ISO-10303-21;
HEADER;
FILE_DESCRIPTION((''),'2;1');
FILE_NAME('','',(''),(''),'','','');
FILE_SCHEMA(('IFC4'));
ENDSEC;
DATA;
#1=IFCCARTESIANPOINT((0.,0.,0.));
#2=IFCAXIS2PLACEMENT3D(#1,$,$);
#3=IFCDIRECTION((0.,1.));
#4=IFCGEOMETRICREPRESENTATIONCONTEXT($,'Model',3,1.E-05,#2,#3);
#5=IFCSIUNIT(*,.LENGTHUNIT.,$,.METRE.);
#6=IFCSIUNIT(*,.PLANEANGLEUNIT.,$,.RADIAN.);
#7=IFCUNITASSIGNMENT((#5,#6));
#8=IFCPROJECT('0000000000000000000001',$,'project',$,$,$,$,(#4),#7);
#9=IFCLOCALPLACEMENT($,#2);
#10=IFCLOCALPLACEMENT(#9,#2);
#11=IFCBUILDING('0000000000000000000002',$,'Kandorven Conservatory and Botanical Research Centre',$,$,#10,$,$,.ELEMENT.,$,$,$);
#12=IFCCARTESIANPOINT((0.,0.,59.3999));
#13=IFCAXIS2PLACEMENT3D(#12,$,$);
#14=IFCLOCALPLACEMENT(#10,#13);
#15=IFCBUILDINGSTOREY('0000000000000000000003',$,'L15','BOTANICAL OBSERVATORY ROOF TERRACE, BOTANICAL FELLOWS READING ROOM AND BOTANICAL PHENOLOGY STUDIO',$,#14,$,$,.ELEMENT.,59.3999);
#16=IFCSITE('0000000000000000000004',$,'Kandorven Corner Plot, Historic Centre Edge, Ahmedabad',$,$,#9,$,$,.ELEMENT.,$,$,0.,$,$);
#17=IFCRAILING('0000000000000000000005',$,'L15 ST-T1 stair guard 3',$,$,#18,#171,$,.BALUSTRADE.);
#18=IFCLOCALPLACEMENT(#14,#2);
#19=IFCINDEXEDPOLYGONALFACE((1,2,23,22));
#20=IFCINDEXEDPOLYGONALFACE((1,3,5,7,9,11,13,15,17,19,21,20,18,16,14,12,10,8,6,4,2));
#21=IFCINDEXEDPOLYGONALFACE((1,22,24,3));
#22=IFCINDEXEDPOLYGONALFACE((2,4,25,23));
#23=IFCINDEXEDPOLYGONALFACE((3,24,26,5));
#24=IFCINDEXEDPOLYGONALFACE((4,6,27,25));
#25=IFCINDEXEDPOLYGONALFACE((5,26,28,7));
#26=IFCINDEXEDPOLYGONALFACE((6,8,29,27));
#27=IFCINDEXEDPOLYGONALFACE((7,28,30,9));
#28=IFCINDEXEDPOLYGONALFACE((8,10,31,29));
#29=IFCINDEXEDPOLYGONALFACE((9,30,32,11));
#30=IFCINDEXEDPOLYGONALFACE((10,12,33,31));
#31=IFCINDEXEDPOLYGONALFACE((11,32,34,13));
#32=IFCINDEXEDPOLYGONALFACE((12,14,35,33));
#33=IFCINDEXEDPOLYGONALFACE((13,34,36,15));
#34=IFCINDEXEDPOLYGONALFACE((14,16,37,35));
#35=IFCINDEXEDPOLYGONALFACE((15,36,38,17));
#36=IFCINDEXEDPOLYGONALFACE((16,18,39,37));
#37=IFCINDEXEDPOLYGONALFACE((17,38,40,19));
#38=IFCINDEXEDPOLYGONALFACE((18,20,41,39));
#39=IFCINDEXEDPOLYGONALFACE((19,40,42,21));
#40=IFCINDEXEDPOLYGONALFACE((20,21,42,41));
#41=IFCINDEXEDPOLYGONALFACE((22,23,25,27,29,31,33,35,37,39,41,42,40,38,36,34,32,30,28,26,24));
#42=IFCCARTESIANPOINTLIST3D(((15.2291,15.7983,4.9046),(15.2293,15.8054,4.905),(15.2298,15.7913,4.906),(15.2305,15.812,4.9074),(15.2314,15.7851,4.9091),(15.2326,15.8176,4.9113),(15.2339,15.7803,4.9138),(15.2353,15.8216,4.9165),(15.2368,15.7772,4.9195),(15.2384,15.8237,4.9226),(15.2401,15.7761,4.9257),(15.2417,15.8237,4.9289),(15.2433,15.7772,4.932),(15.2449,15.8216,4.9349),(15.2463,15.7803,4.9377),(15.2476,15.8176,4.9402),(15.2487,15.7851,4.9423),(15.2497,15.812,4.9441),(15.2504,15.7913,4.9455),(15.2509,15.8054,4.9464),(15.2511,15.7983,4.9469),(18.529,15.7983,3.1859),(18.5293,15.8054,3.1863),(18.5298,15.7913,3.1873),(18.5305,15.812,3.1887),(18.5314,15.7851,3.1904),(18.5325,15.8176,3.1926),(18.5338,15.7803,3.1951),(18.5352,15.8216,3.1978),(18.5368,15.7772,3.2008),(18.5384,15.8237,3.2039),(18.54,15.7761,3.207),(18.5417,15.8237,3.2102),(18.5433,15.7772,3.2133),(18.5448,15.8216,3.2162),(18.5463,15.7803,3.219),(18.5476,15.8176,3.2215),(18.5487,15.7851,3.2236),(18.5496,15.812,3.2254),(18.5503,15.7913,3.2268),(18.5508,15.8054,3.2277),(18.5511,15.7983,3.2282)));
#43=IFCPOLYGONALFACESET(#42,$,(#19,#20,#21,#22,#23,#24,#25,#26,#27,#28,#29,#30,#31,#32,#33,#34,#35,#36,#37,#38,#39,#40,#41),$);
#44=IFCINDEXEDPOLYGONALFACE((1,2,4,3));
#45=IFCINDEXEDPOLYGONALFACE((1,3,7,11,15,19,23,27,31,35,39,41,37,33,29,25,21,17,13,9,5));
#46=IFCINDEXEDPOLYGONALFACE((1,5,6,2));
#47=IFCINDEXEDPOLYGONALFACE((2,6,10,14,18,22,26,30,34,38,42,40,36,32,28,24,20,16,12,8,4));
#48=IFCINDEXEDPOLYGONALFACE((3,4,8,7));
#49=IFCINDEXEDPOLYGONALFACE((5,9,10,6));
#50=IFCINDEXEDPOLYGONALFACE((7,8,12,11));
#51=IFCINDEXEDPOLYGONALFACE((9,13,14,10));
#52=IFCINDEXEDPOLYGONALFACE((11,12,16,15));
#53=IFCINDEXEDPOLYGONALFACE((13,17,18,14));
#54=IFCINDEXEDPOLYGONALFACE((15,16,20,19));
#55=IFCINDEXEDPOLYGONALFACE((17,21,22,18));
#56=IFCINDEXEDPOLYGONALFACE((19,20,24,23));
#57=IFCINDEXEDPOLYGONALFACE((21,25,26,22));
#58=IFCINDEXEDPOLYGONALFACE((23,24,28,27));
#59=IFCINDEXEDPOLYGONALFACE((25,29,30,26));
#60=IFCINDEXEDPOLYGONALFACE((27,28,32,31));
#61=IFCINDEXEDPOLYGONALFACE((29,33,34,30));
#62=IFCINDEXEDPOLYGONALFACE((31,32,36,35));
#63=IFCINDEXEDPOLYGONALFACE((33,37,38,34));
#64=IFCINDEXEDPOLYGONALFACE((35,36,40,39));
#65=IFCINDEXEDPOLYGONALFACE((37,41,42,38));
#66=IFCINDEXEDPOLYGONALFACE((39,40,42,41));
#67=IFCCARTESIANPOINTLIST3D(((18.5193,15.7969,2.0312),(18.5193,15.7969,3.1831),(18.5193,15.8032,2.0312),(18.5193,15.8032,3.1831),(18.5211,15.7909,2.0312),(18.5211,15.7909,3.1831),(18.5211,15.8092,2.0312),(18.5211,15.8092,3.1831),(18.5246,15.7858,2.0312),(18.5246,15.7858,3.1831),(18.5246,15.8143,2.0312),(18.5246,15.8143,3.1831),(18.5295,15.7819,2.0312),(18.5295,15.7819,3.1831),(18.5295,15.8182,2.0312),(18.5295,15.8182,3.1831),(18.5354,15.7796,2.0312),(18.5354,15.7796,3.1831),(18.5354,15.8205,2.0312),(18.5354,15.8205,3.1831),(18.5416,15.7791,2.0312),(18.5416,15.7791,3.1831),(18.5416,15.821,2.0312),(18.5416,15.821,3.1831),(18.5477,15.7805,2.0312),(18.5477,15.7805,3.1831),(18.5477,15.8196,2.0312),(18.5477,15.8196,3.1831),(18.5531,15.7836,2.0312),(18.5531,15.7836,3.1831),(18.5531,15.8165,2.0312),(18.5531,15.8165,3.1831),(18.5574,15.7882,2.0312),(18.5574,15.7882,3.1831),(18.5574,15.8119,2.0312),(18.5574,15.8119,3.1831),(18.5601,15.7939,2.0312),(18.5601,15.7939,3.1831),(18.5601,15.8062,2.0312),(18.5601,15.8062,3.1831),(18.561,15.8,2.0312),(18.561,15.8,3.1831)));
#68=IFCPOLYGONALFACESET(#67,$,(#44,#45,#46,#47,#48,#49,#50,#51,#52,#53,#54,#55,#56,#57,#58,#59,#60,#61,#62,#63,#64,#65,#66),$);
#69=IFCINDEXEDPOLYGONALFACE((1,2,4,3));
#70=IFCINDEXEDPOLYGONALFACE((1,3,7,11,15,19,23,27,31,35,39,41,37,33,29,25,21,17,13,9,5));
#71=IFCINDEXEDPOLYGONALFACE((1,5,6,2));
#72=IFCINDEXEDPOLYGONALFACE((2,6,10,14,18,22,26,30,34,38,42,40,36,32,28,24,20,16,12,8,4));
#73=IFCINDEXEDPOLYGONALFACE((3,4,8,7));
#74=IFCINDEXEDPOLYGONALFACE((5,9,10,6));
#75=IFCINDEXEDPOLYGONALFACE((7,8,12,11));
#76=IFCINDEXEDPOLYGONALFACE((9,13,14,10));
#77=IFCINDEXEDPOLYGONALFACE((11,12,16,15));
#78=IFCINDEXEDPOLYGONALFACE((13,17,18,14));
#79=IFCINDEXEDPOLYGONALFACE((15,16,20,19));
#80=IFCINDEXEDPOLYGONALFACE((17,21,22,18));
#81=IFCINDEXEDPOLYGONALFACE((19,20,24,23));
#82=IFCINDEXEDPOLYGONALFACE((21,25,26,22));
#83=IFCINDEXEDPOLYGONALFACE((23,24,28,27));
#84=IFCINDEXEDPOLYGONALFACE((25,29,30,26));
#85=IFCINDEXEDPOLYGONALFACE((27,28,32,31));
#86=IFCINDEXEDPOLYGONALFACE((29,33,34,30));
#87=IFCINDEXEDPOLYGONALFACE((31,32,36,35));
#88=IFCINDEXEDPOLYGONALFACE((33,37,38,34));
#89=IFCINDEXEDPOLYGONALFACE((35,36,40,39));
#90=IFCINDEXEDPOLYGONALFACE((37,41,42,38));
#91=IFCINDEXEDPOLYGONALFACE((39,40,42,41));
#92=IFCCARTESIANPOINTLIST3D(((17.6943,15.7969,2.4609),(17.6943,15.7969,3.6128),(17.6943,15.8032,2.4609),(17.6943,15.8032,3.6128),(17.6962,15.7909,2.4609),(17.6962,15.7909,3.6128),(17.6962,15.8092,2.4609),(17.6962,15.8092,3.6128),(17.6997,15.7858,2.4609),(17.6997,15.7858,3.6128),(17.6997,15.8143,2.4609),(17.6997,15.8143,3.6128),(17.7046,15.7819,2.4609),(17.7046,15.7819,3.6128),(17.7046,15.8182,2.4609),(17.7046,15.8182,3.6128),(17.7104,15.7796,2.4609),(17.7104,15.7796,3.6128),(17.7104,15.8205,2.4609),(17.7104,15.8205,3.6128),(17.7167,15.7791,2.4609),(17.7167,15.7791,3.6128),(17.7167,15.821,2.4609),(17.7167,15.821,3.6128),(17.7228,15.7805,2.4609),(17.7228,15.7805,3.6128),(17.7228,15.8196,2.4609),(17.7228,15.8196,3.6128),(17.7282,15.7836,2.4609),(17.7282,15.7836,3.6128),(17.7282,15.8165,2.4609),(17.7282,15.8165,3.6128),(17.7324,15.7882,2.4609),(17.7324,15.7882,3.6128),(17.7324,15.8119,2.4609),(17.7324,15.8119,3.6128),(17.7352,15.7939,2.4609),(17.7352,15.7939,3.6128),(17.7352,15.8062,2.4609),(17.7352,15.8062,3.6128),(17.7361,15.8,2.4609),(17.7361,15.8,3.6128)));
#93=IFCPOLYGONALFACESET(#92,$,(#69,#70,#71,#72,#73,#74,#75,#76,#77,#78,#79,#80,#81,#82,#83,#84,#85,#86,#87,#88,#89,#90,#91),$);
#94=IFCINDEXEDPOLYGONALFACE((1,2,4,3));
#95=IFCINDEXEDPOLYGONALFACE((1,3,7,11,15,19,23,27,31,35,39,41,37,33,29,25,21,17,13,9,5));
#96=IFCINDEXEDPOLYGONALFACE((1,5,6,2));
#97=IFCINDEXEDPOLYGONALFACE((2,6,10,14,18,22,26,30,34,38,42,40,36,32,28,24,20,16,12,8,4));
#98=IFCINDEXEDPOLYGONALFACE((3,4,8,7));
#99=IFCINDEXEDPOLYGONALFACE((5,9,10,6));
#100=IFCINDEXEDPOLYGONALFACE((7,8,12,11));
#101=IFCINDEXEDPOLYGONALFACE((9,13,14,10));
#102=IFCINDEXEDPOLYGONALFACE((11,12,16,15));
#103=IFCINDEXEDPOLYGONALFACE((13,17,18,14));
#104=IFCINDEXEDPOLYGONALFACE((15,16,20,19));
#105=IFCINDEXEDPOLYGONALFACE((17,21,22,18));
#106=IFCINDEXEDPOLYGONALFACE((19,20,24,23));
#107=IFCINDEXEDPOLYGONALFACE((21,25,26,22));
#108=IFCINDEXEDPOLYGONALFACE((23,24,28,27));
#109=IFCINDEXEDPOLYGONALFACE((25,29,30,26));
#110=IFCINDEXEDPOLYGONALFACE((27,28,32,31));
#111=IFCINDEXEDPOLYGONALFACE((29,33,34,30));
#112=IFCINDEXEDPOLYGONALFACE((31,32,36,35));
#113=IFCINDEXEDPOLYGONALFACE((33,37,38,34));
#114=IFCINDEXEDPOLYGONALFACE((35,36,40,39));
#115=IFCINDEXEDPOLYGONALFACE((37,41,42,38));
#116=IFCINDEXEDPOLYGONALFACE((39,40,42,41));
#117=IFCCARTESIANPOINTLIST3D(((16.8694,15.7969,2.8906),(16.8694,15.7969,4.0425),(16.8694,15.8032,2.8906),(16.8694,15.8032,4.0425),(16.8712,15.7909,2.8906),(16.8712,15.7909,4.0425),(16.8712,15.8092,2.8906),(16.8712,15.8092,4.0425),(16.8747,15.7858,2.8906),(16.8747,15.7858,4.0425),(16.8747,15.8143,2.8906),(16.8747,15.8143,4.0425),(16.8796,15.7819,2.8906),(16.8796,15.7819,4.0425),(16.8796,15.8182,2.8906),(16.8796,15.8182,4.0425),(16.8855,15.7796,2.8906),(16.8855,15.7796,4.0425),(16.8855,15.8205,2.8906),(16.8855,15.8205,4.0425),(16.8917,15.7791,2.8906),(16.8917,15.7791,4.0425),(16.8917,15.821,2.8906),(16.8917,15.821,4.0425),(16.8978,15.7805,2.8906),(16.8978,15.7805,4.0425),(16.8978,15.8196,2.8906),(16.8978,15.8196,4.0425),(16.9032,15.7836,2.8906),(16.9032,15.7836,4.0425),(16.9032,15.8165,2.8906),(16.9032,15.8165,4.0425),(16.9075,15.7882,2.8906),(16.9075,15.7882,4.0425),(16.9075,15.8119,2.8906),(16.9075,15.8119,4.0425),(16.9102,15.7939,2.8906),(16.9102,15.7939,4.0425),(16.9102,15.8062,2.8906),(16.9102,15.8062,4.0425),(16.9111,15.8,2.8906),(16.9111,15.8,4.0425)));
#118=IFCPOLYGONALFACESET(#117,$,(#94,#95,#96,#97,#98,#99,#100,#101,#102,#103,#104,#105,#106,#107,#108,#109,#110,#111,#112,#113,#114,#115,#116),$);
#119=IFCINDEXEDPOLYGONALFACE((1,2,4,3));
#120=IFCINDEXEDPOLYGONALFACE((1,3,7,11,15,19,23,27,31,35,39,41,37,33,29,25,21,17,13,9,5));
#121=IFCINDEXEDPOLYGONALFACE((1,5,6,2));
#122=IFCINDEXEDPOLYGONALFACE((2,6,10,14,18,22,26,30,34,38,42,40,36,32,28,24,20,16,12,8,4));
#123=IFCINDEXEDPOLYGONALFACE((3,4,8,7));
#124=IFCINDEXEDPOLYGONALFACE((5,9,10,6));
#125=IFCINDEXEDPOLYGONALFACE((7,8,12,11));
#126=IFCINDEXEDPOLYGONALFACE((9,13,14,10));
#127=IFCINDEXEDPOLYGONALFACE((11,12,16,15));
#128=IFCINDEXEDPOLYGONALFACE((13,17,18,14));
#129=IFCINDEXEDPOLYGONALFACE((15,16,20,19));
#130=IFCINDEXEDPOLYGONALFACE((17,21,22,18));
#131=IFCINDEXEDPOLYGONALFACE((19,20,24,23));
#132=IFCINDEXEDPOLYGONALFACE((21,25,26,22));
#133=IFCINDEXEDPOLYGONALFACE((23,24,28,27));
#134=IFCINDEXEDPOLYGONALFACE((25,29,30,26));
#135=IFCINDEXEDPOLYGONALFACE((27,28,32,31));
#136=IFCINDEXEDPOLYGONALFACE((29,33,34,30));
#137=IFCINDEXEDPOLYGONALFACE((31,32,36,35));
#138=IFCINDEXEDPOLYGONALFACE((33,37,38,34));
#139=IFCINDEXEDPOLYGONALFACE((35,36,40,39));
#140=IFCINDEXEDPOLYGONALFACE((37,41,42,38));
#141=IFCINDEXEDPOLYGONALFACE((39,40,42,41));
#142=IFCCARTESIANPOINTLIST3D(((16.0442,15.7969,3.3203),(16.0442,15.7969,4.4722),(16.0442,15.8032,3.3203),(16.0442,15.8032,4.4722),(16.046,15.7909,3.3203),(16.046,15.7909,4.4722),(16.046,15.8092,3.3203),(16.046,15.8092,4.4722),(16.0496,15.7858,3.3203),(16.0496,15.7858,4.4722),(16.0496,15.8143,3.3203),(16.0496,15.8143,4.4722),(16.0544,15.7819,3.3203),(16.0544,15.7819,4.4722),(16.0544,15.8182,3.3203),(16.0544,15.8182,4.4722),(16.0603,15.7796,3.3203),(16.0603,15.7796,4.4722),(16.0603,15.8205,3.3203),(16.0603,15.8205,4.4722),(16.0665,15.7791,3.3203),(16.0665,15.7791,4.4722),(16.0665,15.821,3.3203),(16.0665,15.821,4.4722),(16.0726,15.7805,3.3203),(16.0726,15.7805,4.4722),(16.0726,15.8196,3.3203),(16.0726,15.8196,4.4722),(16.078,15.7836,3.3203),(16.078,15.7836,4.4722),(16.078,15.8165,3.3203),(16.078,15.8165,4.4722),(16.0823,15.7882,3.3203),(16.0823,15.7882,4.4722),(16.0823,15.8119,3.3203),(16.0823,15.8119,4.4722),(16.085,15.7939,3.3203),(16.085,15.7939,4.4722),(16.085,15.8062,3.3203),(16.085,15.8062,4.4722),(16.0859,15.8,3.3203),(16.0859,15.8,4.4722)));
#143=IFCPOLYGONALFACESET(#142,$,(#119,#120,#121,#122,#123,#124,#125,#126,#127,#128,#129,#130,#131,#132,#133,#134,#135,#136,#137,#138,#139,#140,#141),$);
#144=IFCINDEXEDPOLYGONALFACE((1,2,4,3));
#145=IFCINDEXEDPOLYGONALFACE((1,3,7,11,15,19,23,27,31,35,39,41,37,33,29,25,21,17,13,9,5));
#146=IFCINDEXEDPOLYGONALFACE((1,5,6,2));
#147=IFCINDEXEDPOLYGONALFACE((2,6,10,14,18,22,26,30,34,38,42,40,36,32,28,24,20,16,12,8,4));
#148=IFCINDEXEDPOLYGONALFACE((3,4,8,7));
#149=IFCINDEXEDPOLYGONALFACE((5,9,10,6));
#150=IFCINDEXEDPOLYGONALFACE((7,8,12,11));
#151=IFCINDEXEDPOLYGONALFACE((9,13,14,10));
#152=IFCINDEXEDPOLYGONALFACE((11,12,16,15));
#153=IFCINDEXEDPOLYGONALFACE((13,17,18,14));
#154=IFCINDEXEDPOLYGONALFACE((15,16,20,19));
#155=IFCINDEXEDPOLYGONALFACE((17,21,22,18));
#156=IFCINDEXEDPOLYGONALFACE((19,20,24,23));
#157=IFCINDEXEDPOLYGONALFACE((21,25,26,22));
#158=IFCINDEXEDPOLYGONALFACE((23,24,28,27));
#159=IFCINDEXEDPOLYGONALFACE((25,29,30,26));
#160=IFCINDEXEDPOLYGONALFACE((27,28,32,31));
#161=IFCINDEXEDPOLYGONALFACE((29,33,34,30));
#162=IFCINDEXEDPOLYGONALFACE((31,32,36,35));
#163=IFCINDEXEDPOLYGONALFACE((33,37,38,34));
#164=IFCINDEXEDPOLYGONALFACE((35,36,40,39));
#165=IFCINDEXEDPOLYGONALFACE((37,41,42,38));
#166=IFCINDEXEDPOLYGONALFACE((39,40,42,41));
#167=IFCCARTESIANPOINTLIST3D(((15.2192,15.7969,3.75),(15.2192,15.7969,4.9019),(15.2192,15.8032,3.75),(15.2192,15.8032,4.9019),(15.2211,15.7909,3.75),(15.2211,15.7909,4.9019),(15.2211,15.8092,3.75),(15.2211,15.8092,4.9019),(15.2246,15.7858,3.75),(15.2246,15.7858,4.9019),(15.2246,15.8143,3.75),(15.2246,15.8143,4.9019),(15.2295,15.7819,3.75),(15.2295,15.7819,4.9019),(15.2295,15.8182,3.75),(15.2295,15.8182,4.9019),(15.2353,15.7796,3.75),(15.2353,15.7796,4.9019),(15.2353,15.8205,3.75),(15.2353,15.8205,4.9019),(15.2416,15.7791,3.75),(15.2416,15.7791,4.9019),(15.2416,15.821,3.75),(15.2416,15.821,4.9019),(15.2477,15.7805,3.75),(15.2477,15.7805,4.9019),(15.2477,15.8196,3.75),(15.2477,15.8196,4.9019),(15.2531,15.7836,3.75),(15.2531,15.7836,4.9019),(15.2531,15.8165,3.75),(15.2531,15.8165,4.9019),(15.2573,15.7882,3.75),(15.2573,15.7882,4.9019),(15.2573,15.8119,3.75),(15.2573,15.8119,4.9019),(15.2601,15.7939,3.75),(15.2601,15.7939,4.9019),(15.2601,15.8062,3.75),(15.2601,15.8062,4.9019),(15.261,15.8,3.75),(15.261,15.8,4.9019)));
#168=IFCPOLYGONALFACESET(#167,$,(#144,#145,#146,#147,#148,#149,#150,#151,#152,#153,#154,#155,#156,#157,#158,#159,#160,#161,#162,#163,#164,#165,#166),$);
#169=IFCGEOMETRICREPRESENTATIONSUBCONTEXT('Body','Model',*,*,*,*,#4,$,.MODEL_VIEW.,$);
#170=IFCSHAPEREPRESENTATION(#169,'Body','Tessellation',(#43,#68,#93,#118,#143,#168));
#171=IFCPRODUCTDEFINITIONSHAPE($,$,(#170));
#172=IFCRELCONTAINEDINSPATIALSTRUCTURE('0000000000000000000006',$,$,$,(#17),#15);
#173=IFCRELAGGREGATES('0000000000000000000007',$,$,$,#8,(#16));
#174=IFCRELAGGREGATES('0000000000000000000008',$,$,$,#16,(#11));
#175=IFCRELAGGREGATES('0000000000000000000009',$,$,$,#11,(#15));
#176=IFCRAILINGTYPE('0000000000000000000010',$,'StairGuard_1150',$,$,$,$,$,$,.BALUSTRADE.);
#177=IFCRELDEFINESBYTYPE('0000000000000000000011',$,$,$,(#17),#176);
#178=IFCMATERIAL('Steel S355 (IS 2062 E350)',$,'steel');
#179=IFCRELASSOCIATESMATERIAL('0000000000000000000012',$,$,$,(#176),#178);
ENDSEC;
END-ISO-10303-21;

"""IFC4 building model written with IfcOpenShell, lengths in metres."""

from ifc_helpers import new_model, si_unit, direction, frame, origin, origin_2d, place, context, subcontext, project, spatial, circle, extrude, material, type_object, element, save


model = new_model("IFC4")

# Units and contexts
model_context = context("Model", 3, precision=1e-05, world=origin(), true_north=direction((0.0, 1.0)))
body_context = subcontext(model_context, "Body", "Model", "MODEL_VIEW")
ifc_project = project(units=[si_unit("LENGTHUNIT", "METRE"), si_unit("PLANEANGLEUNIT", "RADIAN")], contexts=[model_context])

# Site, building, storey
site_placement = place(None, origin())
site = spatial("IfcSite", under=ifc_project, at=site_placement, Name="Kandorven Corner Plot, Historic Centre Edge, Ahmedabad", CompositionType="ELEMENT", RefElevation=0.0)
building_placement = place(site_placement, origin())
building = spatial("IfcBuilding", under=site, at=building_placement, Name="Kandorven Conservatory and Botanical Research Centre", CompositionType="ELEMENT")
storey_placement = place(building_placement, frame((0.0, 0.0, 59.3999)))
storey = spatial("IfcBuildingStorey", under=building, at=storey_placement, Name="L15", Description="BOTANICAL OBSERVATORY ROOF TERRACE, BOTANICAL FELLOWS READING ROOM AND BOTANICAL PHENOLOGY STUDIO", CompositionType="ELEMENT", Elevation=59.3999)

# Railing
ifc_material_1 = material(Name="Steel S355 (IS 2062 E350)", Category="steel")
railing_type_1 = type_object("IfcRailingType", Name="StairGuard_1150", PredefinedType="BALUSTRADE", material=ifc_material_1)
railing_1_placement = place(storey_placement, frame((18.54, 15.8, 2.0312)))
element("IfcRailing", 1, at=railing_1_placement, inside=storey, type_object=railing_type_1, Name="L15 ST-T1 stair guard 3", PredefinedType="BALUSTRADE", context=body_context, shape_type="SweptSolid", body=[
    extrude(circle(Radius=0.0239, at=origin_2d()), frame((0.0, 0.0, 1.1758), z_axis=(-0.886917, 0.0, 0.461929), x_axis=(0.0, -1.0, 0.0)), (0.0, 0.0, 1.0), 3.7207),
    extrude(circle(Radius=0.021, at=origin_2d()), origin(), (0.0, 0.0, 1.0), 1.1519),
    extrude(circle(Radius=0.021, at=origin_2d()), frame((-0.825, 0.0, 0.4297)), (0.0, 0.0, 1.0), 1.1519),
    extrude(circle(Radius=0.021, at=origin_2d()), frame((-1.6499, 0.0, 0.8594)), (0.0, 0.0, 1.0), 1.1519),
    extrude(circle(Radius=0.021, at=origin_2d()), frame((-2.4751, 0.0, 1.2891)), (0.0, 0.0, 1.0), 1.1519),
    extrude(circle(Radius=0.021, at=origin_2d()), frame((-3.3, 0.0, 1.7188)), (0.0, 0.0, 1.0), 1.1519),
])

save(model, "model.ifc")
